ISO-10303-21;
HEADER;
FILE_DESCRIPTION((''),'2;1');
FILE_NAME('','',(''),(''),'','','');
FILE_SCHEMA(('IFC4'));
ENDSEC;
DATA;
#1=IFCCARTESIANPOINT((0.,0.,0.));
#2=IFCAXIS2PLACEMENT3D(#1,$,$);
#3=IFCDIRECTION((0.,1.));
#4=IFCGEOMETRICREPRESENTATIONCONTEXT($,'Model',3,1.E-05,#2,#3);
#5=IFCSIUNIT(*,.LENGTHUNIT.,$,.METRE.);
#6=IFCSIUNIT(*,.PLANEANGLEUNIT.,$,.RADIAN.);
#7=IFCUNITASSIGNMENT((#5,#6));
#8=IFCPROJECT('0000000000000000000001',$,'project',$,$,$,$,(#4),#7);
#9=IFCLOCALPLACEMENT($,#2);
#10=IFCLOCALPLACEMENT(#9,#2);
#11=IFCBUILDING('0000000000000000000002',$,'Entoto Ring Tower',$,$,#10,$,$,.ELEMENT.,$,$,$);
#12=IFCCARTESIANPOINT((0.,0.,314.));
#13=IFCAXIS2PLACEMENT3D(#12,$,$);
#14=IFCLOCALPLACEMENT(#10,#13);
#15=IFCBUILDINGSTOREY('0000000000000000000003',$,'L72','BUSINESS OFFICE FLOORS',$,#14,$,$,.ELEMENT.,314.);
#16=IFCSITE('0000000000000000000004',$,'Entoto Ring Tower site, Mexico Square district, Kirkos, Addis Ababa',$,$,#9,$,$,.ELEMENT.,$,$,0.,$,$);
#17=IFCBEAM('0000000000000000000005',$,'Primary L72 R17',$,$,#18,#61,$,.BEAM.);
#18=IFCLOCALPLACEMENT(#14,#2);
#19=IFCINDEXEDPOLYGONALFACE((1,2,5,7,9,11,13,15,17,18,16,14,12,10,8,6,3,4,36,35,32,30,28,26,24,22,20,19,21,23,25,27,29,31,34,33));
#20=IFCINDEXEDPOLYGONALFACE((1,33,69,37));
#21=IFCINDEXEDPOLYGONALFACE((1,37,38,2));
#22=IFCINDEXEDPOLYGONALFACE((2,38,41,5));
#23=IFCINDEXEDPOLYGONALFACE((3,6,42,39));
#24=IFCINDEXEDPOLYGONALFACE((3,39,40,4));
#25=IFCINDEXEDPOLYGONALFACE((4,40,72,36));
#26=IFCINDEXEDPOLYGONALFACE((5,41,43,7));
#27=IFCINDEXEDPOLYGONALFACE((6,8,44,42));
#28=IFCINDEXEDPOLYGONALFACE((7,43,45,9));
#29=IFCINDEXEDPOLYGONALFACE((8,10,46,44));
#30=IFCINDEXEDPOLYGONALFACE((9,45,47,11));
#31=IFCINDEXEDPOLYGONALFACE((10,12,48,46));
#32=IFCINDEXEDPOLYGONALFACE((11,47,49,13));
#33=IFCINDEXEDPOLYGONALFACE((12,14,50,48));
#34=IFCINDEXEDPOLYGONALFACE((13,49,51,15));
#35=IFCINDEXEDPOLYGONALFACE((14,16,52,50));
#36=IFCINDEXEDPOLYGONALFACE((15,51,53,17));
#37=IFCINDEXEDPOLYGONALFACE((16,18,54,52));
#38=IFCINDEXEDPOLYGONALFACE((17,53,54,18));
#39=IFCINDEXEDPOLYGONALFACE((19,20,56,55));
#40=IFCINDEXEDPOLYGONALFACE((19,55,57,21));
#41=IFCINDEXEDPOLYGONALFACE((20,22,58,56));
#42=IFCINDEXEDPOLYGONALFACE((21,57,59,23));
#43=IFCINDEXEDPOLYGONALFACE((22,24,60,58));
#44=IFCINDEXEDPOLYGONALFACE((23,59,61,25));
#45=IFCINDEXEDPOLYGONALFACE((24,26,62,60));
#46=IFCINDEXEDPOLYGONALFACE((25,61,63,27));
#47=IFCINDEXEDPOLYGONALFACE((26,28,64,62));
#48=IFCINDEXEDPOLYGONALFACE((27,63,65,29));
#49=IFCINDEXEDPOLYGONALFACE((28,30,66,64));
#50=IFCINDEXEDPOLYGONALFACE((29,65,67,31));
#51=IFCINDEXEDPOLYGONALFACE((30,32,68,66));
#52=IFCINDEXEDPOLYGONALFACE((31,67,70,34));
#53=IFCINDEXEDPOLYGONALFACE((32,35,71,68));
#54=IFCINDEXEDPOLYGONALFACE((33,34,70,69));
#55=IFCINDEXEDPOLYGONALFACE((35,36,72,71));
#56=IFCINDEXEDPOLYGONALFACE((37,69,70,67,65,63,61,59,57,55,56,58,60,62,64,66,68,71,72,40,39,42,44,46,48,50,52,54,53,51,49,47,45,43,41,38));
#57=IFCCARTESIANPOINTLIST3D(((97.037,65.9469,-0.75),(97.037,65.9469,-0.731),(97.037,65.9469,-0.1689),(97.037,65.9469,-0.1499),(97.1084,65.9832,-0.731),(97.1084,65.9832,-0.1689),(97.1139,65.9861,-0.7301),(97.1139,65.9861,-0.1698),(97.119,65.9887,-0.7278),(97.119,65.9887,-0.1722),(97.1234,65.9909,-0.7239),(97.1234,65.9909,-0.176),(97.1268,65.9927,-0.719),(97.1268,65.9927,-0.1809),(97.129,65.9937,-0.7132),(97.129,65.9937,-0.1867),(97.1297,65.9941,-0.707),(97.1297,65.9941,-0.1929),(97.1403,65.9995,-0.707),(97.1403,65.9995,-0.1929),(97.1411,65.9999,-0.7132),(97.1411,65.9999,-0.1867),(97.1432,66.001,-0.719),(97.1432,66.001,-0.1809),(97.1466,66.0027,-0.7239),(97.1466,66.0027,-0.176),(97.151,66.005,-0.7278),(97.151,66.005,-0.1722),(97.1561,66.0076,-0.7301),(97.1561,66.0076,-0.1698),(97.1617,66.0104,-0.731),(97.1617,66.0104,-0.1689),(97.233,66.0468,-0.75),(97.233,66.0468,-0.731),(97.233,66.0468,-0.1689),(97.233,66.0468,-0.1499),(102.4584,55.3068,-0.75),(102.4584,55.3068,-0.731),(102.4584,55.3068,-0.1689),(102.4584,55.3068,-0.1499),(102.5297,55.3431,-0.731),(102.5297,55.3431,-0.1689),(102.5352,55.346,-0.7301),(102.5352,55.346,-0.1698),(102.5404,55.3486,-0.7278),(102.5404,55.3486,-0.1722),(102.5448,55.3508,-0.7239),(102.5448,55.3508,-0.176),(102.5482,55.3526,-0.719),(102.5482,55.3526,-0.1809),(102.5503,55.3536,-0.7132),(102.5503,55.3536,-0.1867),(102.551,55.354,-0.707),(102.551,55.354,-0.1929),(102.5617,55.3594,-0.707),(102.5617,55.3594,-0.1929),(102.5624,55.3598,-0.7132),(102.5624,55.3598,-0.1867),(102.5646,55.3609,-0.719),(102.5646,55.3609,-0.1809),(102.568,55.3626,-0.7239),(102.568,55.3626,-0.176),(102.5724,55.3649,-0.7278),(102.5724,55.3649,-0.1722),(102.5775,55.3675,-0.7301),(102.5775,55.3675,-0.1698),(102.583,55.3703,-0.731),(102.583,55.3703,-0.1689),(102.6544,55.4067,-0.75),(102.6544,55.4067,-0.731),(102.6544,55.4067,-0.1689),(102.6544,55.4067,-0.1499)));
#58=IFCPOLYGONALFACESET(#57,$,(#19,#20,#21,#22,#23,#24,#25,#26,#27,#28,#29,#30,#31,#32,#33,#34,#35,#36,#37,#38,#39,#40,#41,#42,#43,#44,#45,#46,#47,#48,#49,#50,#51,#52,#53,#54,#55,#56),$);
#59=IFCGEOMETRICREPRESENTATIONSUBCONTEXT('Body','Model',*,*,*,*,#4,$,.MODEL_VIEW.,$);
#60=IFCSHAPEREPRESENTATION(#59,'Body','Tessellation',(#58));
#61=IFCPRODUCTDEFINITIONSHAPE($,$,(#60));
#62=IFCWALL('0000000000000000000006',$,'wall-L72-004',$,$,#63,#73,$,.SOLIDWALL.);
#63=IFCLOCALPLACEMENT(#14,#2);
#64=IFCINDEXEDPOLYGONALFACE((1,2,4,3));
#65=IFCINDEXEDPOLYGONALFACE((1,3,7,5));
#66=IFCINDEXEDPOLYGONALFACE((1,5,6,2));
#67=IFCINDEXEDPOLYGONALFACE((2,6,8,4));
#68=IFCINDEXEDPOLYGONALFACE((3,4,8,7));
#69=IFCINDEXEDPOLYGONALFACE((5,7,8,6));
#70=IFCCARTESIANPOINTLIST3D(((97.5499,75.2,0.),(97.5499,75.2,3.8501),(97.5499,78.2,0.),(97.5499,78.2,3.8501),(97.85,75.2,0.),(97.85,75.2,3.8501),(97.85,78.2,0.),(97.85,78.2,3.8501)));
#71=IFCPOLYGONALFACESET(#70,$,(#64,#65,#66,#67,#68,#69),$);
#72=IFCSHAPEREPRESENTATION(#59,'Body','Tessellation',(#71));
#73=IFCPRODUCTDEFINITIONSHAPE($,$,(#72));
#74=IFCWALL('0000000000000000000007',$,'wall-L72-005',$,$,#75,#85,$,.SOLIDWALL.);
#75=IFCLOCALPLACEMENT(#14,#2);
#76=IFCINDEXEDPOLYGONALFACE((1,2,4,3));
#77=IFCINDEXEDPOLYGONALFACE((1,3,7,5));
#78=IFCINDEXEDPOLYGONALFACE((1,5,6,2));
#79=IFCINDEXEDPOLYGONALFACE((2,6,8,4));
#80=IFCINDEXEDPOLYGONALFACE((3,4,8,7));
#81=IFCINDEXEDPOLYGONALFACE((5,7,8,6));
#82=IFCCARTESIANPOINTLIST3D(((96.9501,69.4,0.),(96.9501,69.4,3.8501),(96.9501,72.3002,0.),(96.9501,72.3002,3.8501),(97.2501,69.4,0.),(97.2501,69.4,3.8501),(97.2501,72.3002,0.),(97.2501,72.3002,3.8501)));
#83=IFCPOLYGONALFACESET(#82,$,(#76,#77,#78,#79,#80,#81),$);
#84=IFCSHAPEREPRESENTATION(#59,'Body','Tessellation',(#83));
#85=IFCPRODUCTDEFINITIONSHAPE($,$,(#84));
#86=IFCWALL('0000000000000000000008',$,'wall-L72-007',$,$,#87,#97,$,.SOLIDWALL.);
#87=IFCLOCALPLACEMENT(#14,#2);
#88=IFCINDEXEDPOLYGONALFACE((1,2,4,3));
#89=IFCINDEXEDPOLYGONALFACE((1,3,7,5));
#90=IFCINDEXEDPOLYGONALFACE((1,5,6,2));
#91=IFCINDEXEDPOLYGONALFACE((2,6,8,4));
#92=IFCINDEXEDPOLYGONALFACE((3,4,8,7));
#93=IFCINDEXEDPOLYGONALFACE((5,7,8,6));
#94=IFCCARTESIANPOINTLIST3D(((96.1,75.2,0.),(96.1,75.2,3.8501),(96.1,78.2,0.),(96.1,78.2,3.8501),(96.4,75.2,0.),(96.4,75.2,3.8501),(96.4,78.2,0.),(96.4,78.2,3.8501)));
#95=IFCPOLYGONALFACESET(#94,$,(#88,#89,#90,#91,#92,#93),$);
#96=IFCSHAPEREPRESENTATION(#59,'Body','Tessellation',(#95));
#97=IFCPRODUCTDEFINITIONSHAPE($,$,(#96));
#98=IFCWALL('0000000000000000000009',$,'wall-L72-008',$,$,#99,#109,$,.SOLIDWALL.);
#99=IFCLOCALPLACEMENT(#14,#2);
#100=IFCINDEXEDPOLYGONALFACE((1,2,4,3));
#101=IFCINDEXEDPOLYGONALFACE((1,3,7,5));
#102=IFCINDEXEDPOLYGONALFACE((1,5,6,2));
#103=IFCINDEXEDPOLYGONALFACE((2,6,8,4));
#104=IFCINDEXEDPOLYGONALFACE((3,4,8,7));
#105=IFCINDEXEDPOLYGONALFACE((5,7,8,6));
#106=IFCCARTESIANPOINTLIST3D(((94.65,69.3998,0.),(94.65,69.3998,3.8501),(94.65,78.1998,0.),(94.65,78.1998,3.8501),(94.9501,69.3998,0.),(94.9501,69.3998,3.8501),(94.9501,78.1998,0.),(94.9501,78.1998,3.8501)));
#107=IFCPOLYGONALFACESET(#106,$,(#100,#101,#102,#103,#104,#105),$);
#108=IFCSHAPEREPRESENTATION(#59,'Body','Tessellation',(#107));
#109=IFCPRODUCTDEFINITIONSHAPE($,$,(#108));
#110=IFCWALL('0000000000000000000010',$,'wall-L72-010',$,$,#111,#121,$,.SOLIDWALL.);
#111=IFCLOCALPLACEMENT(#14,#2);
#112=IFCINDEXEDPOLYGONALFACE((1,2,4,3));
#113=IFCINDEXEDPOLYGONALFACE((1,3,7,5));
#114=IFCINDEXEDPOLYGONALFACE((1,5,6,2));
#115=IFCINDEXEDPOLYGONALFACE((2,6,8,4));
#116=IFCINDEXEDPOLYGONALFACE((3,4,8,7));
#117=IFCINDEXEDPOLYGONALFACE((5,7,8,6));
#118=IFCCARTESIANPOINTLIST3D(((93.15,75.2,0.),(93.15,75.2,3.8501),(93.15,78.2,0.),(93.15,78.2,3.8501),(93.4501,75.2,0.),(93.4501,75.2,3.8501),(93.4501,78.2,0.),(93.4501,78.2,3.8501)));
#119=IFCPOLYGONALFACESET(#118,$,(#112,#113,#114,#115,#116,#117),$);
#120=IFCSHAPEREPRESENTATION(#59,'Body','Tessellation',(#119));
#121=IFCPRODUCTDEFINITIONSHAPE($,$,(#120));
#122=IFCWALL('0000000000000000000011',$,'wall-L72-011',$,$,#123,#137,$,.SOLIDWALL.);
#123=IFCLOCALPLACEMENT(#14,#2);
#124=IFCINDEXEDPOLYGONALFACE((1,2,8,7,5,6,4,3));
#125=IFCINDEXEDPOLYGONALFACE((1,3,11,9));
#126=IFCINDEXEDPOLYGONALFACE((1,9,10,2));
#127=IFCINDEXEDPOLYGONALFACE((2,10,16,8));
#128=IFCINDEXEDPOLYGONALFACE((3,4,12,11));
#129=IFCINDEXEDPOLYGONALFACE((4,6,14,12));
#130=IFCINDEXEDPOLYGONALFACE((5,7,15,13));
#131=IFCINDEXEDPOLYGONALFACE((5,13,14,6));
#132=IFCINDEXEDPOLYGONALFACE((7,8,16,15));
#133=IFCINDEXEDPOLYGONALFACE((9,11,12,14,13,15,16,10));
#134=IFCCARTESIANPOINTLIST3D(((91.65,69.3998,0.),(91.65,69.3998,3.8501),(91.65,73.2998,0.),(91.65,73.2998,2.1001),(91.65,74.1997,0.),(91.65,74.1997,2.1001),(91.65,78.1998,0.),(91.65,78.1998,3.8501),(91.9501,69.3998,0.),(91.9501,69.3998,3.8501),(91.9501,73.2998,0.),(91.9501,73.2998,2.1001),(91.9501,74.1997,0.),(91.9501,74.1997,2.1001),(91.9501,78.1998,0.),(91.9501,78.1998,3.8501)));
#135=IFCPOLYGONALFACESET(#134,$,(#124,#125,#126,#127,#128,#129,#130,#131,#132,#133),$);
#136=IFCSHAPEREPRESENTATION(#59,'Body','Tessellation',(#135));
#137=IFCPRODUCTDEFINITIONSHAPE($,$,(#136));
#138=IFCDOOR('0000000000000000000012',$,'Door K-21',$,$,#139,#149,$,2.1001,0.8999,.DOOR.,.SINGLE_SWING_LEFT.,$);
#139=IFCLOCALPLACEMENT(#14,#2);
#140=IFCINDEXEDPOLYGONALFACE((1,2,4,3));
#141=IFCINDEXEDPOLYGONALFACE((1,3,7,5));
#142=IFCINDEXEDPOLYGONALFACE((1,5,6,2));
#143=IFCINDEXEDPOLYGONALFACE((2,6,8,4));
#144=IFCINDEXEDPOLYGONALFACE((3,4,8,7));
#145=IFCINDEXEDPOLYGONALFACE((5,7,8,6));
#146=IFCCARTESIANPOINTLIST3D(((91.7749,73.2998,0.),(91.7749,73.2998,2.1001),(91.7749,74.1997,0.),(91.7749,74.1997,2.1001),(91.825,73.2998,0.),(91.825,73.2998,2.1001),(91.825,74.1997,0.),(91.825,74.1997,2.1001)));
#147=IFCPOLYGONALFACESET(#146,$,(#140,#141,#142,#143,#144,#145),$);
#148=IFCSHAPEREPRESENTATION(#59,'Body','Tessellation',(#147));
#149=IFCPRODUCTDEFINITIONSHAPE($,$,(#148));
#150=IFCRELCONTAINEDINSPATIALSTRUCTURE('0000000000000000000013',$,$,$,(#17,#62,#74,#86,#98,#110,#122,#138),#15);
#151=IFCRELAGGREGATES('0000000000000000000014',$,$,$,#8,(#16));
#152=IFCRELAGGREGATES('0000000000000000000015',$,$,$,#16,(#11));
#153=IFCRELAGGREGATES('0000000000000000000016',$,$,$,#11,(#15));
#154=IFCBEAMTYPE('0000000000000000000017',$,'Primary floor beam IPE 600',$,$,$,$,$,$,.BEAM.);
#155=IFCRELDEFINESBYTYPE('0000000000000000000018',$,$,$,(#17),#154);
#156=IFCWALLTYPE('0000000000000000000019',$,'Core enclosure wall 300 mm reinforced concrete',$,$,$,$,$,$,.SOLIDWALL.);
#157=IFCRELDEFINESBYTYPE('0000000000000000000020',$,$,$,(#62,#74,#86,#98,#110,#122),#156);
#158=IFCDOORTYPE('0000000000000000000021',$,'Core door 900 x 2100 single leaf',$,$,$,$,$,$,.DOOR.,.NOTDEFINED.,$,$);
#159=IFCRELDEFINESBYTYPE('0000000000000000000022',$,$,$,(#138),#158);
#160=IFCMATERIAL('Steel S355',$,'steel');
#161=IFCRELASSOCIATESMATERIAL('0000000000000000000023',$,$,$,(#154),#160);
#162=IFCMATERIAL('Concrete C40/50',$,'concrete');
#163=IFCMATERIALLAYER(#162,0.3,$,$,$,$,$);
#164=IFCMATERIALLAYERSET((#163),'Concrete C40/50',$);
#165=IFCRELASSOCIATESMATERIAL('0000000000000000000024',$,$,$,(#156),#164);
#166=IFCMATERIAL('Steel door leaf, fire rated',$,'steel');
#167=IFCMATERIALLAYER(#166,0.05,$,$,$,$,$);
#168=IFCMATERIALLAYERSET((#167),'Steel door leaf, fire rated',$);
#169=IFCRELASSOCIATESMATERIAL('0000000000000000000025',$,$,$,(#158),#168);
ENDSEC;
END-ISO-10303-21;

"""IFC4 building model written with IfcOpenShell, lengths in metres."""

from ifc_helpers import new_model, si_unit, direction, frame, frame_2d, origin, origin_2d, place, context, subcontext, project, spatial, rectangle, i_section, extrude, material, layer, layer_set, material_profile, profile_set, type_object, element, fill, save


model = new_model("IFC4")

# Units and contexts
model_context = context("Model", 3, precision=1e-05, world=origin(), true_north=direction((0.0, 1.0)))
body_context = subcontext(model_context, "Body", "Model", "MODEL_VIEW")
ifc_project = project(units=[si_unit("LENGTHUNIT", "METRE"), si_unit("PLANEANGLEUNIT", "RADIAN")], contexts=[model_context])

# Site, building, storey
site_placement = place(None, origin())
site = spatial("IfcSite", under=ifc_project, at=site_placement, Name="Entoto Ring Tower site, Mexico Square district, Kirkos, Addis Ababa", CompositionType="ELEMENT", RefElevation=0.0)
building_placement = place(site_placement, origin())
building = spatial("IfcBuilding", under=site, at=building_placement, Name="Entoto Ring Tower", CompositionType="ELEMENT")
storey_placement = place(building_placement, frame((0.0, 0.0, 314.0)))
storey = spatial("IfcBuildingStorey", under=building, at=storey_placement, Name="L72", Description="BUSINESS OFFICE FLOORS", CompositionType="ELEMENT", Elevation=314.0)

# Beam
ifc_material_1 = material(Name="Steel S355", Category="steel")
ifc_material_profile = material_profile(ifc_material_1, i_section(OverallWidth=0.22, OverallDepth=0.6001, WebThickness=0.012, FlangeThickness=0.019, FilletRadius=0.0239, at=origin_2d()), Name="IPE 600")
ifc_profile_set = profile_set([ifc_material_profile], Name="Steel S355")
beam_type = type_object("IfcBeamType", Name="Primary floor beam IPE 600", PredefinedType="BEAM", material=ifc_profile_set)
beam_placement = place(storey_placement, frame((97.135, 65.9968, -0.45), z_axis=(0.453988, -0.891008, 0.0), x_axis=(0.891008, 0.453988, 0.0)))
element("IfcBeam", 1, at=beam_placement, inside=storey, type_object=beam_type, Name="Primary L72 R17", PredefinedType="BEAM", context=body_context, shape_type="SweptSolid", body=[
    extrude(i_section(OverallWidth=0.22, OverallDepth=0.6001, WebThickness=0.012, FlangeThickness=0.019, FilletRadius=0.0239, at=origin_2d()), origin(), (0.0, 0.0, 1.0), 11.9417),
])

# Walls
ifc_material_2 = material(Name="Concrete C40/50", Category="concrete")
ifc_layer_1 = layer(ifc_material_2, 0.3)
ifc_layer_set_1 = layer_set([ifc_layer_1], Name="Concrete C40/50")
wall_type = type_object("IfcWallType", Name="Core enclosure wall 300 mm reinforced concrete", PredefinedType="SOLIDWALL", material=ifc_layer_set_1)
wall_1_placement = place(storey_placement, frame((97.7, 75.2, 0.0), z_axis=(0.0, 0.0, 1.0), x_axis=(0.0, 1.0, 0.0)))
element("IfcWall", 2, at=wall_1_placement, inside=storey, type_object=wall_type, Name="wall-L72-004", PredefinedType="SOLIDWALL", context=body_context, shape_type="SweptSolid", body=[
    extrude(rectangle(XDim=3.0, YDim=0.3, at=frame_2d((1.5, 0.0))), origin(), (0.0, 0.0, 1.0), 3.8501),
])
wall_2_placement = place(storey_placement, frame((97.1001, 69.3999, 0.0), z_axis=(0.0, 0.0, 1.0), x_axis=(0.0, 1.0, 0.0)))
element("IfcWall", 3, at=wall_2_placement, inside=storey, type_object=wall_type, Name="wall-L72-005", PredefinedType="SOLIDWALL", context=body_context, shape_type="SweptSolid", body=[
    extrude(rectangle(XDim=2.9001, YDim=0.3, at=frame_2d((1.4502, 0.0))), origin(), (0.0, 0.0, 1.0), 3.8501),
])
wall_3_placement = place(storey_placement, frame((96.25, 75.2, 0.0), z_axis=(0.0, 0.0, 1.0), x_axis=(0.0, 1.0, 0.0)))
element("IfcWall", 4, at=wall_3_placement, inside=storey, type_object=wall_type, Name="wall-L72-007", PredefinedType="SOLIDWALL", context=body_context, shape_type="SweptSolid", body=[
    extrude(rectangle(XDim=3.0, YDim=0.3, at=frame_2d((1.5, 0.0))), origin(), (0.0, 0.0, 1.0), 3.8501),
])
wall_4_placement = place(storey_placement, frame((94.8, 69.3999, 0.0), z_axis=(0.0, 0.0, 1.0), x_axis=(0.0, 1.0, 0.0)))
element("IfcWall", 5, at=wall_4_placement, inside=storey, type_object=wall_type, Name="wall-L72-008", PredefinedType="SOLIDWALL", context=body_context, shape_type="SweptSolid", body=[
    extrude(rectangle(XDim=8.8, YDim=0.3, at=frame_2d((4.3999, 0.0))), origin(), (0.0, 0.0, 1.0), 3.8501),
])
wall_5_placement = place(storey_placement, frame((93.3, 75.2, 0.0), z_axis=(0.0, 0.0, 1.0), x_axis=(0.0, 1.0, 0.0)))
element("IfcWall", 6, at=wall_5_placement, inside=storey, type_object=wall_type, Name="wall-L72-010", PredefinedType="SOLIDWALL", context=body_context, shape_type="SweptSolid", body=[
    extrude(rectangle(XDim=3.0, YDim=0.3, at=frame_2d((1.5, 0.0))), origin(), (0.0, 0.0, 1.0), 3.8501),
])

# Wall, opening, door
wall_6_placement = place(storey_placement, frame((91.8, 69.3999, 0.0), z_axis=(0.0, 0.0, 1.0), x_axis=(0.0, 1.0, 0.0)))
wall_6 = element("IfcWall", 7, at=wall_6_placement, inside=storey, type_object=wall_type, Name="wall-L72-011", PredefinedType="SOLIDWALL", context=body_context, shape_type="SweptSolid", body=[
    extrude(rectangle(XDim=8.8, YDim=0.3, at=frame_2d((4.3999, 0.0))), origin(), (0.0, 0.0, 1.0), 3.8501),
])
opening_1_placement = place(wall_6_placement, frame((3.8999, 0.0, 0.0)))
opening_1 = element("IfcOpeningElement", 8, at=opening_1_placement, cuts=wall_6, PredefinedType="OPENING", context=body_context, shape_type="SweptSolid", body=[
    extrude(rectangle(XDim=0.8999, YDim=2.1001, at=frame_2d((0.45, 1.05))), frame((0.0, 0.1602, 0.0), z_axis=(0.0, -1.0, 0.0), x_axis=(1.0, 0.0, 0.0)), (0.0, 0.0, 1.0), 0.3201),
])
ifc_material_3 = material(Name="Steel door leaf, fire rated", Category="steel")
ifc_layer_2 = layer(ifc_material_3, 0.05)
ifc_layer_set_2 = layer_set([ifc_layer_2], Name="Steel door leaf, fire rated")
door_type_1 = type_object("IfcDoorType", Name="Core door 900 x 2100 single leaf", OperationType="NOTDEFINED", PredefinedType="DOOR", material=ifc_layer_set_2)
door_1_placement = place(opening_1_placement, frame((0.8999, 0.0, 0.0), z_axis=(0.0, 0.0, 1.0), x_axis=(-1.0, 0.0, 0.0)))
door_1 = element("IfcDoor", 9, at=door_1_placement, inside=storey, type_object=door_type_1, Name="Door K-21", OperationType="SINGLE_SWING_LEFT", OverallHeight=2.1001, OverallWidth=0.8999, PredefinedType="DOOR", context=body_context, shape_type="SweptSolid", body=[
    extrude(rectangle(XDim=0.8999, YDim=2.1001, at=frame_2d((0.45, 1.05))), frame((0.0, 0.0249, 0.0), z_axis=(0.0, -1.0, 0.0), x_axis=(1.0, 0.0, 0.0)), (0.0, 0.0, 1.0), 0.05),
])
fill(opening_1, door_1)

save(model, "model.ifc")
